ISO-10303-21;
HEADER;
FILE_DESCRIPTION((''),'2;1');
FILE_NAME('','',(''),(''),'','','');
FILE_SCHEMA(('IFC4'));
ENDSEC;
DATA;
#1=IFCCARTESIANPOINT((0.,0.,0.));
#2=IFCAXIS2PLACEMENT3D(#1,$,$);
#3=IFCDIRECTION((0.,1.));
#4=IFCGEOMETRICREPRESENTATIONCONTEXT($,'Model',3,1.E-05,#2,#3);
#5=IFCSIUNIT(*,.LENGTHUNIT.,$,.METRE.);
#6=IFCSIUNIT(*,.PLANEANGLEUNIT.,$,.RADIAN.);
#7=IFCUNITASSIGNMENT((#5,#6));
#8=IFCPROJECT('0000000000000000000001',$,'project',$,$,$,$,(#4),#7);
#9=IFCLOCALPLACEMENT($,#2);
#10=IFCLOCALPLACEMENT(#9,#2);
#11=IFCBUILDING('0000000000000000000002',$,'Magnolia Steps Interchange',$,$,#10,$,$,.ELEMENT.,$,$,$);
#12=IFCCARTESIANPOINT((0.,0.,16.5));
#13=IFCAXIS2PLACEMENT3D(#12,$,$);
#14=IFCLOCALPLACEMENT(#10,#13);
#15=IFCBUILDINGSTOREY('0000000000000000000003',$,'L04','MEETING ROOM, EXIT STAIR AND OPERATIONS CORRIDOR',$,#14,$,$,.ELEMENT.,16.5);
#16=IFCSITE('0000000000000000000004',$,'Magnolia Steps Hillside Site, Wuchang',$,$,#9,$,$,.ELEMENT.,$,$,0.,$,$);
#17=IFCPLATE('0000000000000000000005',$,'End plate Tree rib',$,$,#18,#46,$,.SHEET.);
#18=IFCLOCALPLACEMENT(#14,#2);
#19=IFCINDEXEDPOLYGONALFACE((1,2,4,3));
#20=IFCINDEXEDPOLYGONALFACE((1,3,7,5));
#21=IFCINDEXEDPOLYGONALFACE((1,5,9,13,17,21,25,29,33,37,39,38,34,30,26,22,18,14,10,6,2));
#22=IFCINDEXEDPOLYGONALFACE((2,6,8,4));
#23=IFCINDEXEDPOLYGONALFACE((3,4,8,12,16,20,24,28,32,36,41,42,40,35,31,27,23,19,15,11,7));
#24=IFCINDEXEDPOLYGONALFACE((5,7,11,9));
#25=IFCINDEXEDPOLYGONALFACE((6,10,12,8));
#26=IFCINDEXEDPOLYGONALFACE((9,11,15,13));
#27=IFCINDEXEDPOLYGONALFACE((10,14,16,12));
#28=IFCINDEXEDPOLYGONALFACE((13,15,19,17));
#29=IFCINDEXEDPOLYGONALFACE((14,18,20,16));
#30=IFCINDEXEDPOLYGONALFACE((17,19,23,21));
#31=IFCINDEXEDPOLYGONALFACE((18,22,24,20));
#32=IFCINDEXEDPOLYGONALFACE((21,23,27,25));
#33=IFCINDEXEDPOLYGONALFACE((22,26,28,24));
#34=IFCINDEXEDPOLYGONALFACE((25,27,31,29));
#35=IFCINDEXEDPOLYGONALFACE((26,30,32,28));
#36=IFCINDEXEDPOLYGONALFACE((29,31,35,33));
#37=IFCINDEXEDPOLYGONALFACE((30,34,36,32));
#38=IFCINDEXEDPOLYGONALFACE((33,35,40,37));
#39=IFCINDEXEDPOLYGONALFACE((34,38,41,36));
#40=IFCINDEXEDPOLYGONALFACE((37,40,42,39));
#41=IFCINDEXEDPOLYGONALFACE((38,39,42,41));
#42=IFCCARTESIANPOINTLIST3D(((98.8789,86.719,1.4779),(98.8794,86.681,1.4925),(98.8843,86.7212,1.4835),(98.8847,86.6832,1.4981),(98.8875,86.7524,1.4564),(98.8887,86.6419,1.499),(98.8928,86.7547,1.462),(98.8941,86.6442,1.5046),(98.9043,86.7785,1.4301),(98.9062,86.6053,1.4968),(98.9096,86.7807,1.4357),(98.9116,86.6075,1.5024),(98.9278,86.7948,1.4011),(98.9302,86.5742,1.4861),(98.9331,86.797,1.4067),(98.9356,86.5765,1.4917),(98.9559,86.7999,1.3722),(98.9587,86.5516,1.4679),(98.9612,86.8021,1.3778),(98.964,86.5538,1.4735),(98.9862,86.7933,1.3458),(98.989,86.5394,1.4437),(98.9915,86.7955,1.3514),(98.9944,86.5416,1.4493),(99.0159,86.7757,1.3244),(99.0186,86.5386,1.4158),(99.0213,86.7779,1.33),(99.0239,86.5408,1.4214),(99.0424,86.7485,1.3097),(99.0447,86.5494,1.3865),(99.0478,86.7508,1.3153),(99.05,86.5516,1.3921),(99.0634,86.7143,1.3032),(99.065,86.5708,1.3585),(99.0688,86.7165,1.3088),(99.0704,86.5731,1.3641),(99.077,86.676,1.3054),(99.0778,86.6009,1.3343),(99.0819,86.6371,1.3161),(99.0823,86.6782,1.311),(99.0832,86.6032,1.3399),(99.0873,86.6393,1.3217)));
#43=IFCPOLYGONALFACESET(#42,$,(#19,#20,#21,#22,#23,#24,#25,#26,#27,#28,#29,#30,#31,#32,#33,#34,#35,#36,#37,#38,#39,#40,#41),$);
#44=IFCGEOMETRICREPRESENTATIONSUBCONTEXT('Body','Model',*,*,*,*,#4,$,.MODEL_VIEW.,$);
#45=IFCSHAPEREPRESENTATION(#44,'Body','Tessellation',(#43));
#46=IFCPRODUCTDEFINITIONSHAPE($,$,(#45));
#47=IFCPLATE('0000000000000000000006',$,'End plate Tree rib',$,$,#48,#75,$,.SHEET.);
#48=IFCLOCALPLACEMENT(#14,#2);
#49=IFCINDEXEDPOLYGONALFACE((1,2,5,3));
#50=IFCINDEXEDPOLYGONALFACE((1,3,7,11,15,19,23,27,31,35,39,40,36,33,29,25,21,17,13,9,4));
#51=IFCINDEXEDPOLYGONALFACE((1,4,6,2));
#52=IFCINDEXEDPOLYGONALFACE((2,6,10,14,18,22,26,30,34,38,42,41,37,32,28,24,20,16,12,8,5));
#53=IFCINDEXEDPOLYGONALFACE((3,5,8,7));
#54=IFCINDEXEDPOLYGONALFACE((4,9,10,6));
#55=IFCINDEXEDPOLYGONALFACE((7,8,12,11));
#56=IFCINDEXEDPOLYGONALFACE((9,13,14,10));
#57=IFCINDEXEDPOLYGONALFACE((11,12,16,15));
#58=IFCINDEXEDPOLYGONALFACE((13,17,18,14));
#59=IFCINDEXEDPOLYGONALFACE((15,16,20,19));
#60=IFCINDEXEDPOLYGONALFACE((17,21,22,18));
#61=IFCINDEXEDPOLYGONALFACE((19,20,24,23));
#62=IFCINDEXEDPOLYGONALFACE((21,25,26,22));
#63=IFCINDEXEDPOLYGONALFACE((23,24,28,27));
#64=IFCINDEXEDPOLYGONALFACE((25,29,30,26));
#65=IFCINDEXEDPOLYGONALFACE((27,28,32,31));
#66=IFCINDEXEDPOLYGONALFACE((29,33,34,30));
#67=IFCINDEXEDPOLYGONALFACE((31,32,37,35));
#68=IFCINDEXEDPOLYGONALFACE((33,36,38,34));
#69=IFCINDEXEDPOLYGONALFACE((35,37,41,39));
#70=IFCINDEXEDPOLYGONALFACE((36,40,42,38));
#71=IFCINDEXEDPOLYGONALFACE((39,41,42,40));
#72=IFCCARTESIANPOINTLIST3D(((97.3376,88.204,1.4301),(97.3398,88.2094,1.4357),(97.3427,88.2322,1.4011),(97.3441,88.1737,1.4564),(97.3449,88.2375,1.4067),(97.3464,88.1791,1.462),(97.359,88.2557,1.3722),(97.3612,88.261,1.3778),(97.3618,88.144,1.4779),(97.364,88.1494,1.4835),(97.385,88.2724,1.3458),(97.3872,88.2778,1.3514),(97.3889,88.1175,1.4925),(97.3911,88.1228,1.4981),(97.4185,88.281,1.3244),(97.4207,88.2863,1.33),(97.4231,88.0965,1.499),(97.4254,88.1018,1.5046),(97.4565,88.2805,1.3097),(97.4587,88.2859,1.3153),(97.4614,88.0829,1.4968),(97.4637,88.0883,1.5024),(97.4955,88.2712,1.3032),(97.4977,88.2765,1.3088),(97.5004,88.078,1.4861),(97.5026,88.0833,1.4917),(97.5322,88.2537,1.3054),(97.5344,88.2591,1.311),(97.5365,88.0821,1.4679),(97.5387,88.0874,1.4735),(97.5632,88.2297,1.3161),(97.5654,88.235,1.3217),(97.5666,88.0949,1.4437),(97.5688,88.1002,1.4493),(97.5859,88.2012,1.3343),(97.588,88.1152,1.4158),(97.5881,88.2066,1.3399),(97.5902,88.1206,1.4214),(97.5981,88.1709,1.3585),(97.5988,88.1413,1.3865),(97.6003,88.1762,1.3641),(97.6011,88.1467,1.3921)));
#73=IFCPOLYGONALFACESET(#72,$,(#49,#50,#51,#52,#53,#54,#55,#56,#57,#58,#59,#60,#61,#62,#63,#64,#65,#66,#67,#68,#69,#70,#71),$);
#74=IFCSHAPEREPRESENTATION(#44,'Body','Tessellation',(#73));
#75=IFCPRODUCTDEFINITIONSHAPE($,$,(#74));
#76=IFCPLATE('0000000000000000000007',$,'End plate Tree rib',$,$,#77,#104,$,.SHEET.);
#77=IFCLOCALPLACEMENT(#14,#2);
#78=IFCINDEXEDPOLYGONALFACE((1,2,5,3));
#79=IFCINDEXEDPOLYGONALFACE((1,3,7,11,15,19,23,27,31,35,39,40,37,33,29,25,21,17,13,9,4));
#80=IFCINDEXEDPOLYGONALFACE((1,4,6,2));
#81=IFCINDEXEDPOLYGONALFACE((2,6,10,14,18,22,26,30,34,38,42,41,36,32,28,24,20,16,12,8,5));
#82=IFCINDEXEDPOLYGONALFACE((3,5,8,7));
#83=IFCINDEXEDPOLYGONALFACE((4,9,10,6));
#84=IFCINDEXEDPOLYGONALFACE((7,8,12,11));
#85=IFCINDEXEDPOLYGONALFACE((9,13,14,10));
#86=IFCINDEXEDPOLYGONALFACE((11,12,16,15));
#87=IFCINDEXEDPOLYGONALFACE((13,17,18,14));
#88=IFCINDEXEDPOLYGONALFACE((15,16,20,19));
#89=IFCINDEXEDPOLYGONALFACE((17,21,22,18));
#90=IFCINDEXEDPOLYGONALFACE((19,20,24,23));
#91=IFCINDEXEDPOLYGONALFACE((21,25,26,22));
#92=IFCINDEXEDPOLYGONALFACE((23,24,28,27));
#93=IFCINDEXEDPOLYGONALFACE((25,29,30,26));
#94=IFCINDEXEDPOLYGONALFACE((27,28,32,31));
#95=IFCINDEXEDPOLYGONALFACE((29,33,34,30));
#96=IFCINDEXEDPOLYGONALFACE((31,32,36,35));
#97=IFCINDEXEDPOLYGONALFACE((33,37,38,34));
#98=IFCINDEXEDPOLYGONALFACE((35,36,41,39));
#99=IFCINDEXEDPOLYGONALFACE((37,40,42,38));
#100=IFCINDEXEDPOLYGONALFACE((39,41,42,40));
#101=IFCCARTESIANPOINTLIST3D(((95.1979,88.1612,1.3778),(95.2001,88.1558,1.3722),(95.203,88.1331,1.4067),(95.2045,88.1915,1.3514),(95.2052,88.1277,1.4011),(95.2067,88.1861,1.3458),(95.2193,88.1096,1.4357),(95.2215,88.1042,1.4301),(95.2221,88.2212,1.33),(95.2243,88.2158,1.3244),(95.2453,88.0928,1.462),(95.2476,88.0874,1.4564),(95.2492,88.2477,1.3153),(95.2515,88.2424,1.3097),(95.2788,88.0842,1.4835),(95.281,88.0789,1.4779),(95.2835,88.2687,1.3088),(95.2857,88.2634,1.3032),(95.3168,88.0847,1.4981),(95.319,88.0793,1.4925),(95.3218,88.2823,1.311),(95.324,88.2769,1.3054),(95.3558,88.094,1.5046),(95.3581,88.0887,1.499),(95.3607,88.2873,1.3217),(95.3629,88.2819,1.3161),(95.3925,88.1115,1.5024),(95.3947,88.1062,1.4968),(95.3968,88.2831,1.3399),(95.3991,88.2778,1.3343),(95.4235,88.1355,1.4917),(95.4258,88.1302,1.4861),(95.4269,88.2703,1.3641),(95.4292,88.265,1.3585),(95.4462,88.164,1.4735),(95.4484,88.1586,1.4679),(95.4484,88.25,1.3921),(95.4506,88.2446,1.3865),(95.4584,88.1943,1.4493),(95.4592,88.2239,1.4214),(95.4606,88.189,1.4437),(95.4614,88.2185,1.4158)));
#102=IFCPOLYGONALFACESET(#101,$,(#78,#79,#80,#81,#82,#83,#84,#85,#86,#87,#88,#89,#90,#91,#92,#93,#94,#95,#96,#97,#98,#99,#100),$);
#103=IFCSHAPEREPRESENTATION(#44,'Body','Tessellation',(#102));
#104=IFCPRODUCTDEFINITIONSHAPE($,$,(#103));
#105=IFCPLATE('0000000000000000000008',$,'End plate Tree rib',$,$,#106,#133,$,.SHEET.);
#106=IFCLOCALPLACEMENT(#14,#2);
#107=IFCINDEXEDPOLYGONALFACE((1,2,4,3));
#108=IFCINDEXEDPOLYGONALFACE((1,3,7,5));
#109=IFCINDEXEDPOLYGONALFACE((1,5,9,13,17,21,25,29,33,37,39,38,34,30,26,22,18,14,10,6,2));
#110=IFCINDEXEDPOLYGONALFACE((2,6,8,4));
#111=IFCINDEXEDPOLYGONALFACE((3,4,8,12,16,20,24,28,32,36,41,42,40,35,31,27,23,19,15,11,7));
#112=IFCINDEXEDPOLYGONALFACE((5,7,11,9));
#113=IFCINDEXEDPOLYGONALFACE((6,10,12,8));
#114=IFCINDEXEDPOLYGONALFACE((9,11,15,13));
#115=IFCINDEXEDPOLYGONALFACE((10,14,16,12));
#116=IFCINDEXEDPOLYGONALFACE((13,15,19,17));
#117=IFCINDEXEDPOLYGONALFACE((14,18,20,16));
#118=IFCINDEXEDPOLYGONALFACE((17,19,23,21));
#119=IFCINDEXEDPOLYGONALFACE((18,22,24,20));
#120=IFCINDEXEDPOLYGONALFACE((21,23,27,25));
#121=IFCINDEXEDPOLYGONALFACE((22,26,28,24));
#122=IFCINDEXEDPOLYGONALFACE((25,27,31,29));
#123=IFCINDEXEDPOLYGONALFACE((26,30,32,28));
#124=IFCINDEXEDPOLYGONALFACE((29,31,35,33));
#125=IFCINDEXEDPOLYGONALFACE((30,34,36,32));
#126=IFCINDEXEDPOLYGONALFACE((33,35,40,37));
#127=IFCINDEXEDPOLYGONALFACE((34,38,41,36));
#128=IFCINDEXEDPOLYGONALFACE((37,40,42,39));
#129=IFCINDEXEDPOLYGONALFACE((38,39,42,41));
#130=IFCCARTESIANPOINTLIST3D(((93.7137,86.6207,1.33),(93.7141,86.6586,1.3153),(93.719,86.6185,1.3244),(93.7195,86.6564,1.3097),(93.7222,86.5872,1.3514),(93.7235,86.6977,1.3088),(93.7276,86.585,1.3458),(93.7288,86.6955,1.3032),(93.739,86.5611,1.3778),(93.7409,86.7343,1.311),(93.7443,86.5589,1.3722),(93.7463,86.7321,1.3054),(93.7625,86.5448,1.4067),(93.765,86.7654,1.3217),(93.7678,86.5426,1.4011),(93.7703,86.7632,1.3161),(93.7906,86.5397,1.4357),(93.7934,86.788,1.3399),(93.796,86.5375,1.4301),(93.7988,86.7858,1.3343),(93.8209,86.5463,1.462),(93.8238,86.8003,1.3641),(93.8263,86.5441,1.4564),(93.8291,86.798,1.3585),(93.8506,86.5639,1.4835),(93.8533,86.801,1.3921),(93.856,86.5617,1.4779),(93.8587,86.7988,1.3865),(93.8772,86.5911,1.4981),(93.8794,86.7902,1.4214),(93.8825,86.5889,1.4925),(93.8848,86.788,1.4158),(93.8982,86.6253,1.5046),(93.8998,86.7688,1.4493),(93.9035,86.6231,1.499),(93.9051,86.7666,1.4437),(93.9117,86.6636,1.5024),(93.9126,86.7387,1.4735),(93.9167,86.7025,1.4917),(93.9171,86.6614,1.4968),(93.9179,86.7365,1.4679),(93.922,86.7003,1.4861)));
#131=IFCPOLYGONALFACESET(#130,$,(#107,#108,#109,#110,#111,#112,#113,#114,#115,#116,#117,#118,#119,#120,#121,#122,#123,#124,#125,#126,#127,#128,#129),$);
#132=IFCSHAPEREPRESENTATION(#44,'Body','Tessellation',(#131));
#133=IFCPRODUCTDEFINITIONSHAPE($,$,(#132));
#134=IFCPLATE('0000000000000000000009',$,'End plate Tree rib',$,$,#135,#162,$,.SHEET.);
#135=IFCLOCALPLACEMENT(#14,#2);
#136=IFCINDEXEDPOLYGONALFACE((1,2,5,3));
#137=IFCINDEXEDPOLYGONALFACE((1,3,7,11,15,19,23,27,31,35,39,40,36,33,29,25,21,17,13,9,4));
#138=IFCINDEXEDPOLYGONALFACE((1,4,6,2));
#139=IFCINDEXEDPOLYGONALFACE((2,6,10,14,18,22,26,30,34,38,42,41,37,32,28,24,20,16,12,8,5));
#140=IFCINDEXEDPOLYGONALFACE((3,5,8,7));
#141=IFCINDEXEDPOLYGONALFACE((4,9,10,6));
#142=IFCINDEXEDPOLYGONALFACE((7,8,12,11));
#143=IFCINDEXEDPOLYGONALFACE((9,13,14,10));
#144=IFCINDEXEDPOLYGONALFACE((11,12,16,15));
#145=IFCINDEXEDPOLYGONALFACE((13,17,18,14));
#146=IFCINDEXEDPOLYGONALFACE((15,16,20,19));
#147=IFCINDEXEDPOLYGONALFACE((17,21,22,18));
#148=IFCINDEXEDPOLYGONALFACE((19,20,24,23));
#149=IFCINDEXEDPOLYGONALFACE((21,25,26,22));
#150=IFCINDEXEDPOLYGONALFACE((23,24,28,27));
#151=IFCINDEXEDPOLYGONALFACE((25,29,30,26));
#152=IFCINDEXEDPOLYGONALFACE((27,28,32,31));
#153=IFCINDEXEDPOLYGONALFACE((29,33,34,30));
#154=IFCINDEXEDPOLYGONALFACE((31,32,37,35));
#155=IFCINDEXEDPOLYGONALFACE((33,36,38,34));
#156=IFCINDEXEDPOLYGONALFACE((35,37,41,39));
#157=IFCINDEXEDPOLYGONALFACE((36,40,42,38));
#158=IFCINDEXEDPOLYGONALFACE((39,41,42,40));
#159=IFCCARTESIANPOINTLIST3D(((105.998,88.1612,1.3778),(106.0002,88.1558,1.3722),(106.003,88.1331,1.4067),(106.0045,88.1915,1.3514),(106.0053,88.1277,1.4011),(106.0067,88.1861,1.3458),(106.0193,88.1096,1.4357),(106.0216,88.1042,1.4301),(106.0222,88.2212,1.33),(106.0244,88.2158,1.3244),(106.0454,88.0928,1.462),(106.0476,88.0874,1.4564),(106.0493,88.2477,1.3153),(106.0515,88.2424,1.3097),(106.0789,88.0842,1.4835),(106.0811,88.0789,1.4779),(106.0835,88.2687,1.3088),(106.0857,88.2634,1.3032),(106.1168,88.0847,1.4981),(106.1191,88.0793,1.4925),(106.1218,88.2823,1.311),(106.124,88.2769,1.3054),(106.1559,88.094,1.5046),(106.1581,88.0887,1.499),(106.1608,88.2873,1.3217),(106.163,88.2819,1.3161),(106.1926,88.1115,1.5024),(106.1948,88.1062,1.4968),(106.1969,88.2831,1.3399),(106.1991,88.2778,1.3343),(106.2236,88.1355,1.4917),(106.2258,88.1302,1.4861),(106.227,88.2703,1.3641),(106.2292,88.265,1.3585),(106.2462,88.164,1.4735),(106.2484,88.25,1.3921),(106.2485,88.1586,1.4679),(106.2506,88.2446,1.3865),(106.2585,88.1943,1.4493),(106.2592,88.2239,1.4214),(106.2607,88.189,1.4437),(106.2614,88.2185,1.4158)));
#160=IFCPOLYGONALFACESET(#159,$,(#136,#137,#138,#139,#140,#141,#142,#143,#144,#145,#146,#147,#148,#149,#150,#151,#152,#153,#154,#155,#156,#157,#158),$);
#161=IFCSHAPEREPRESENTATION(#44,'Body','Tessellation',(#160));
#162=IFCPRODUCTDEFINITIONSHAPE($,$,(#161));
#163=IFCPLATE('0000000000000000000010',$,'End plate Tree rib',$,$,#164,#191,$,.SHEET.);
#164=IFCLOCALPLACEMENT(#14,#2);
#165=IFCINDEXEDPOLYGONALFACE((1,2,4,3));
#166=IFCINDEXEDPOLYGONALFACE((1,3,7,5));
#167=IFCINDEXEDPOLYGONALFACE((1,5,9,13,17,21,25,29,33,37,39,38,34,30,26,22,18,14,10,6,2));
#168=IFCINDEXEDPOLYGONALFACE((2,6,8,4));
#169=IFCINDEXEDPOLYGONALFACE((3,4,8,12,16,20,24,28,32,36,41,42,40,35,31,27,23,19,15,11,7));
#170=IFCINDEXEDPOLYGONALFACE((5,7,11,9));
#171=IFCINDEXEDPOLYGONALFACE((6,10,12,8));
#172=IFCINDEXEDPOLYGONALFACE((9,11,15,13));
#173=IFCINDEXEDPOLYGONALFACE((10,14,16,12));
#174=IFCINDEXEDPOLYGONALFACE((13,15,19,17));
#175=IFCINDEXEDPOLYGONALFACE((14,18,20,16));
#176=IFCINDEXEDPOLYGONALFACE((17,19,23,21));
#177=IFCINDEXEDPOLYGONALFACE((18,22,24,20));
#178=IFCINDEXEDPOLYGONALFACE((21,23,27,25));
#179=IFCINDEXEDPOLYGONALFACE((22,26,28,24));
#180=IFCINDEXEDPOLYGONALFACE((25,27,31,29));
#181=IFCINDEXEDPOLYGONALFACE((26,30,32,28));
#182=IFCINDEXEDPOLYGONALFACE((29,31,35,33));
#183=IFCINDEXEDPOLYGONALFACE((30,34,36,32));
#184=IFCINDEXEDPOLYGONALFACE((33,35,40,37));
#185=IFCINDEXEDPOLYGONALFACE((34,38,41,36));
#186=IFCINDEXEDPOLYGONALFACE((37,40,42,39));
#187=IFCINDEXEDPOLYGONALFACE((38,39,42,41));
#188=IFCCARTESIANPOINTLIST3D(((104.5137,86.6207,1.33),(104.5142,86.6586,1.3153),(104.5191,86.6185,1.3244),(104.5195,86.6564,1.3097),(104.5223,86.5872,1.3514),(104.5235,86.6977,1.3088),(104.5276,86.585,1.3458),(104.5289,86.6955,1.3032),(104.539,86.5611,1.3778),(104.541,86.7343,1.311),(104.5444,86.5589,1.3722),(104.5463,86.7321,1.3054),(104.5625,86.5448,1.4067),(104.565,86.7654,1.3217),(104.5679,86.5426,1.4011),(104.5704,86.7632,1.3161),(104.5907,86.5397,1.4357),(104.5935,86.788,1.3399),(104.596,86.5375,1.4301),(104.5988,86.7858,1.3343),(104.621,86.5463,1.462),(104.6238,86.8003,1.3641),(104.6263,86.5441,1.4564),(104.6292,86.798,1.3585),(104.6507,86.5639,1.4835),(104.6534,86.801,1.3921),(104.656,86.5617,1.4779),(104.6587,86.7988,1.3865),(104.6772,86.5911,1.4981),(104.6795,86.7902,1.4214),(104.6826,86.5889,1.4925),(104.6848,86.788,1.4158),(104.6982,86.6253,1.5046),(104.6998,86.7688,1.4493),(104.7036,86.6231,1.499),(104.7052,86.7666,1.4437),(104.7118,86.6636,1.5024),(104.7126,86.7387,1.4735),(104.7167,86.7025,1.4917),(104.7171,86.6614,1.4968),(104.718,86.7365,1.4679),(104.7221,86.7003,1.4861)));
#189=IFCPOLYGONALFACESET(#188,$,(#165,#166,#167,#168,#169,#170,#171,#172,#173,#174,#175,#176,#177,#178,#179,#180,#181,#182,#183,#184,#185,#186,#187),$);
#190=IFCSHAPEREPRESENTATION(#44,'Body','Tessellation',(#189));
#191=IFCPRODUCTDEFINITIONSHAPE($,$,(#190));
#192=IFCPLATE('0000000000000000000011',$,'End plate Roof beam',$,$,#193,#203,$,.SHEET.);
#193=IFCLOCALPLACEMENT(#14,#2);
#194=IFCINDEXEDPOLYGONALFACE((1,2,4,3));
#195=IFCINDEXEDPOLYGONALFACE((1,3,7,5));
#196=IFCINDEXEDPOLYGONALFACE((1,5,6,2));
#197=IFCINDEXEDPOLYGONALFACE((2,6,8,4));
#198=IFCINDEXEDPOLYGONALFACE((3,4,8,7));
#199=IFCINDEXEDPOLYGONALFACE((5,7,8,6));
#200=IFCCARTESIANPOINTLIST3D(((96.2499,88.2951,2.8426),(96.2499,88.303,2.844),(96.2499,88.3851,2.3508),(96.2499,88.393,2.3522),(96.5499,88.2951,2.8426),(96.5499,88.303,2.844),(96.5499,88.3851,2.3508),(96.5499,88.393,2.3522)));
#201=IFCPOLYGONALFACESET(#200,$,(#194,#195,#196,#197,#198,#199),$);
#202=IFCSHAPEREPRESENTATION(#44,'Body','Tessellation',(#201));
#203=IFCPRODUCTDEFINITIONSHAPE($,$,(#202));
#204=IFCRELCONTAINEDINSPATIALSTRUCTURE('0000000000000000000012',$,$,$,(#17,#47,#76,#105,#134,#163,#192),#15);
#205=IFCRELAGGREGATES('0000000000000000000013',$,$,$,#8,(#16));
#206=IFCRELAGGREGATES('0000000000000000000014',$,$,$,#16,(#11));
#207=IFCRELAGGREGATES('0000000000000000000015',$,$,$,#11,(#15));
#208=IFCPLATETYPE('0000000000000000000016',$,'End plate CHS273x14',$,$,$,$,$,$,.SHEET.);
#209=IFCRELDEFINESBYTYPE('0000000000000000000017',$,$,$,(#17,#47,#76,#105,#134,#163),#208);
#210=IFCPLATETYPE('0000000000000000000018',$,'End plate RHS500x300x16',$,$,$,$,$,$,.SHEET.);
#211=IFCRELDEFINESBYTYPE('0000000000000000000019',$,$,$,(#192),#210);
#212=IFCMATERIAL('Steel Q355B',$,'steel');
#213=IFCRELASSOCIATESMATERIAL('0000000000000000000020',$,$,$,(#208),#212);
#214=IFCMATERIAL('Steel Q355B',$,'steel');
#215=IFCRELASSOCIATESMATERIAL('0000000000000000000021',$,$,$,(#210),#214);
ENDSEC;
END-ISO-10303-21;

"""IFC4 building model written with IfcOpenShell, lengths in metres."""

from ifc_helpers import new_model, si_unit, direction, frame, origin, origin_2d, place, context, subcontext, project, spatial, rectangle, circle, extrude, material, material_profile, profile_set, type_object, element, save


model = new_model("IFC4")

# Units and contexts
model_context = context("Model", 3, precision=1e-05, world=origin(), true_north=direction((0.0, 1.0)))
body_context = subcontext(model_context, "Body", "Model", "MODEL_VIEW")
ifc_project = project(units=[si_unit("LENGTHUNIT", "METRE"), si_unit("PLANEANGLEUNIT", "RADIAN")], contexts=[model_context])

# Site, building, storey
site_placement = place(None, origin())
site = spatial("IfcSite", under=ifc_project, at=site_placement, Name="Magnolia Steps Hillside Site, Wuchang", CompositionType="ELEMENT", RefElevation=0.0)
building_placement = place(site_placement, origin())
building = spatial("IfcBuilding", under=site, at=building_placement, Name="Magnolia Steps Interchange", CompositionType="ELEMENT")
storey_placement = place(building_placement, frame((0.0, 0.0, 16.5)))
storey = spatial("IfcBuildingStorey", under=building, at=storey_placement, Name="L04", Description="MEETING ROOM, EXIT STAIR AND OPERATIONS CORRIDOR", CompositionType="ELEMENT", Elevation=16.5)

# Plates
ifc_material_1 = material(Name="Steel Q355B", Category="steel")
ifc_material_profile_1 = material_profile(ifc_material_1, circle(Radius=0.1365, at=origin_2d()), Name="End plate CHS273x14")
ifc_profile_set_1 = profile_set([ifc_material_profile_1], Name="Steel Q355B")
plate_type_1 = type_object("IfcPlateType", Name="End plate CHS273x14", PredefinedType="SHEET", material=ifc_profile_set_1)
for number, where, z_axis, x_axis, name in (
    (1, (98.98, 86.6687, 1.4011), (0.664583, 0.275279, 0.694658), (-0.382683, 0.92388, 0.0), "End plate Tree rib"),
    (2, (97.4688, 88.1799, 1.4011), (0.275279, 0.664583, 0.694658), (-0.92388, 0.382683, 0.0), "End plate Tree rib"),
    (3, (95.3313, 88.1799, 1.4011), (-0.275279, 0.664583, 0.694658), (-0.92388, -0.382683, 0.0), "End plate Tree rib"),
    (4, (93.8201, 86.6687, 1.4011), (-0.664583, 0.275279, 0.694658), (-0.382683, -0.92388, 0.0), "End plate Tree rib"),
    (5, (106.1313, 88.1799, 1.4011), (-0.275279, 0.664583, 0.694658), (-0.92388, -0.382683, 0.0), "End plate Tree rib"),
    (6, (104.6201, 86.6687, 1.4011), (-0.664583, 0.275279, 0.694658), (-0.382683, -0.92388, 0.0), "End plate Tree rib"),
):
    element("IfcPlate", number, at=place(storey_placement, frame(where, z_axis=z_axis, x_axis=x_axis)), inside=storey, type_object=plate_type_1, Name=name, PredefinedType="SHEET", context=body_context, shape_type="SweptSolid", body=[
        extrude(circle(Radius=0.1365, at=origin_2d()), origin(), (0.0, 0.0, 1.0), 0.0081),
    ])
ifc_material_2 = material(Name="Steel Q355B", Category="steel")
ifc_material_profile_2 = material_profile(ifc_material_2, rectangle(XDim=0.3, YDim=0.5, at=origin_2d()), Name="End plate RHS500x300x16")
ifc_profile_set_2 = profile_set([ifc_material_profile_2], Name="Steel Q355B")
plate_type_2 = type_object("IfcPlateType", Name="End plate RHS500x300x16", PredefinedType="SHEET", material=ifc_profile_set_2)
plate_1_placement = place(storey_placement, frame((96.3999, 88.3401, 2.5967), z_axis=(0.0, 0.983683, 0.179911), x_axis=(-1.0, 0.0, 0.0)))
element("IfcPlate", 7, at=plate_1_placement, inside=storey, type_object=plate_type_2, Name="End plate Roof beam", PredefinedType="SHEET", context=body_context, shape_type="SweptSolid", body=[
    extrude(rectangle(XDim=0.3, YDim=0.5, at=origin_2d()), origin(), (0.0, 0.0, 1.0), 0.0081),
])

save(model, "model.ifc")
